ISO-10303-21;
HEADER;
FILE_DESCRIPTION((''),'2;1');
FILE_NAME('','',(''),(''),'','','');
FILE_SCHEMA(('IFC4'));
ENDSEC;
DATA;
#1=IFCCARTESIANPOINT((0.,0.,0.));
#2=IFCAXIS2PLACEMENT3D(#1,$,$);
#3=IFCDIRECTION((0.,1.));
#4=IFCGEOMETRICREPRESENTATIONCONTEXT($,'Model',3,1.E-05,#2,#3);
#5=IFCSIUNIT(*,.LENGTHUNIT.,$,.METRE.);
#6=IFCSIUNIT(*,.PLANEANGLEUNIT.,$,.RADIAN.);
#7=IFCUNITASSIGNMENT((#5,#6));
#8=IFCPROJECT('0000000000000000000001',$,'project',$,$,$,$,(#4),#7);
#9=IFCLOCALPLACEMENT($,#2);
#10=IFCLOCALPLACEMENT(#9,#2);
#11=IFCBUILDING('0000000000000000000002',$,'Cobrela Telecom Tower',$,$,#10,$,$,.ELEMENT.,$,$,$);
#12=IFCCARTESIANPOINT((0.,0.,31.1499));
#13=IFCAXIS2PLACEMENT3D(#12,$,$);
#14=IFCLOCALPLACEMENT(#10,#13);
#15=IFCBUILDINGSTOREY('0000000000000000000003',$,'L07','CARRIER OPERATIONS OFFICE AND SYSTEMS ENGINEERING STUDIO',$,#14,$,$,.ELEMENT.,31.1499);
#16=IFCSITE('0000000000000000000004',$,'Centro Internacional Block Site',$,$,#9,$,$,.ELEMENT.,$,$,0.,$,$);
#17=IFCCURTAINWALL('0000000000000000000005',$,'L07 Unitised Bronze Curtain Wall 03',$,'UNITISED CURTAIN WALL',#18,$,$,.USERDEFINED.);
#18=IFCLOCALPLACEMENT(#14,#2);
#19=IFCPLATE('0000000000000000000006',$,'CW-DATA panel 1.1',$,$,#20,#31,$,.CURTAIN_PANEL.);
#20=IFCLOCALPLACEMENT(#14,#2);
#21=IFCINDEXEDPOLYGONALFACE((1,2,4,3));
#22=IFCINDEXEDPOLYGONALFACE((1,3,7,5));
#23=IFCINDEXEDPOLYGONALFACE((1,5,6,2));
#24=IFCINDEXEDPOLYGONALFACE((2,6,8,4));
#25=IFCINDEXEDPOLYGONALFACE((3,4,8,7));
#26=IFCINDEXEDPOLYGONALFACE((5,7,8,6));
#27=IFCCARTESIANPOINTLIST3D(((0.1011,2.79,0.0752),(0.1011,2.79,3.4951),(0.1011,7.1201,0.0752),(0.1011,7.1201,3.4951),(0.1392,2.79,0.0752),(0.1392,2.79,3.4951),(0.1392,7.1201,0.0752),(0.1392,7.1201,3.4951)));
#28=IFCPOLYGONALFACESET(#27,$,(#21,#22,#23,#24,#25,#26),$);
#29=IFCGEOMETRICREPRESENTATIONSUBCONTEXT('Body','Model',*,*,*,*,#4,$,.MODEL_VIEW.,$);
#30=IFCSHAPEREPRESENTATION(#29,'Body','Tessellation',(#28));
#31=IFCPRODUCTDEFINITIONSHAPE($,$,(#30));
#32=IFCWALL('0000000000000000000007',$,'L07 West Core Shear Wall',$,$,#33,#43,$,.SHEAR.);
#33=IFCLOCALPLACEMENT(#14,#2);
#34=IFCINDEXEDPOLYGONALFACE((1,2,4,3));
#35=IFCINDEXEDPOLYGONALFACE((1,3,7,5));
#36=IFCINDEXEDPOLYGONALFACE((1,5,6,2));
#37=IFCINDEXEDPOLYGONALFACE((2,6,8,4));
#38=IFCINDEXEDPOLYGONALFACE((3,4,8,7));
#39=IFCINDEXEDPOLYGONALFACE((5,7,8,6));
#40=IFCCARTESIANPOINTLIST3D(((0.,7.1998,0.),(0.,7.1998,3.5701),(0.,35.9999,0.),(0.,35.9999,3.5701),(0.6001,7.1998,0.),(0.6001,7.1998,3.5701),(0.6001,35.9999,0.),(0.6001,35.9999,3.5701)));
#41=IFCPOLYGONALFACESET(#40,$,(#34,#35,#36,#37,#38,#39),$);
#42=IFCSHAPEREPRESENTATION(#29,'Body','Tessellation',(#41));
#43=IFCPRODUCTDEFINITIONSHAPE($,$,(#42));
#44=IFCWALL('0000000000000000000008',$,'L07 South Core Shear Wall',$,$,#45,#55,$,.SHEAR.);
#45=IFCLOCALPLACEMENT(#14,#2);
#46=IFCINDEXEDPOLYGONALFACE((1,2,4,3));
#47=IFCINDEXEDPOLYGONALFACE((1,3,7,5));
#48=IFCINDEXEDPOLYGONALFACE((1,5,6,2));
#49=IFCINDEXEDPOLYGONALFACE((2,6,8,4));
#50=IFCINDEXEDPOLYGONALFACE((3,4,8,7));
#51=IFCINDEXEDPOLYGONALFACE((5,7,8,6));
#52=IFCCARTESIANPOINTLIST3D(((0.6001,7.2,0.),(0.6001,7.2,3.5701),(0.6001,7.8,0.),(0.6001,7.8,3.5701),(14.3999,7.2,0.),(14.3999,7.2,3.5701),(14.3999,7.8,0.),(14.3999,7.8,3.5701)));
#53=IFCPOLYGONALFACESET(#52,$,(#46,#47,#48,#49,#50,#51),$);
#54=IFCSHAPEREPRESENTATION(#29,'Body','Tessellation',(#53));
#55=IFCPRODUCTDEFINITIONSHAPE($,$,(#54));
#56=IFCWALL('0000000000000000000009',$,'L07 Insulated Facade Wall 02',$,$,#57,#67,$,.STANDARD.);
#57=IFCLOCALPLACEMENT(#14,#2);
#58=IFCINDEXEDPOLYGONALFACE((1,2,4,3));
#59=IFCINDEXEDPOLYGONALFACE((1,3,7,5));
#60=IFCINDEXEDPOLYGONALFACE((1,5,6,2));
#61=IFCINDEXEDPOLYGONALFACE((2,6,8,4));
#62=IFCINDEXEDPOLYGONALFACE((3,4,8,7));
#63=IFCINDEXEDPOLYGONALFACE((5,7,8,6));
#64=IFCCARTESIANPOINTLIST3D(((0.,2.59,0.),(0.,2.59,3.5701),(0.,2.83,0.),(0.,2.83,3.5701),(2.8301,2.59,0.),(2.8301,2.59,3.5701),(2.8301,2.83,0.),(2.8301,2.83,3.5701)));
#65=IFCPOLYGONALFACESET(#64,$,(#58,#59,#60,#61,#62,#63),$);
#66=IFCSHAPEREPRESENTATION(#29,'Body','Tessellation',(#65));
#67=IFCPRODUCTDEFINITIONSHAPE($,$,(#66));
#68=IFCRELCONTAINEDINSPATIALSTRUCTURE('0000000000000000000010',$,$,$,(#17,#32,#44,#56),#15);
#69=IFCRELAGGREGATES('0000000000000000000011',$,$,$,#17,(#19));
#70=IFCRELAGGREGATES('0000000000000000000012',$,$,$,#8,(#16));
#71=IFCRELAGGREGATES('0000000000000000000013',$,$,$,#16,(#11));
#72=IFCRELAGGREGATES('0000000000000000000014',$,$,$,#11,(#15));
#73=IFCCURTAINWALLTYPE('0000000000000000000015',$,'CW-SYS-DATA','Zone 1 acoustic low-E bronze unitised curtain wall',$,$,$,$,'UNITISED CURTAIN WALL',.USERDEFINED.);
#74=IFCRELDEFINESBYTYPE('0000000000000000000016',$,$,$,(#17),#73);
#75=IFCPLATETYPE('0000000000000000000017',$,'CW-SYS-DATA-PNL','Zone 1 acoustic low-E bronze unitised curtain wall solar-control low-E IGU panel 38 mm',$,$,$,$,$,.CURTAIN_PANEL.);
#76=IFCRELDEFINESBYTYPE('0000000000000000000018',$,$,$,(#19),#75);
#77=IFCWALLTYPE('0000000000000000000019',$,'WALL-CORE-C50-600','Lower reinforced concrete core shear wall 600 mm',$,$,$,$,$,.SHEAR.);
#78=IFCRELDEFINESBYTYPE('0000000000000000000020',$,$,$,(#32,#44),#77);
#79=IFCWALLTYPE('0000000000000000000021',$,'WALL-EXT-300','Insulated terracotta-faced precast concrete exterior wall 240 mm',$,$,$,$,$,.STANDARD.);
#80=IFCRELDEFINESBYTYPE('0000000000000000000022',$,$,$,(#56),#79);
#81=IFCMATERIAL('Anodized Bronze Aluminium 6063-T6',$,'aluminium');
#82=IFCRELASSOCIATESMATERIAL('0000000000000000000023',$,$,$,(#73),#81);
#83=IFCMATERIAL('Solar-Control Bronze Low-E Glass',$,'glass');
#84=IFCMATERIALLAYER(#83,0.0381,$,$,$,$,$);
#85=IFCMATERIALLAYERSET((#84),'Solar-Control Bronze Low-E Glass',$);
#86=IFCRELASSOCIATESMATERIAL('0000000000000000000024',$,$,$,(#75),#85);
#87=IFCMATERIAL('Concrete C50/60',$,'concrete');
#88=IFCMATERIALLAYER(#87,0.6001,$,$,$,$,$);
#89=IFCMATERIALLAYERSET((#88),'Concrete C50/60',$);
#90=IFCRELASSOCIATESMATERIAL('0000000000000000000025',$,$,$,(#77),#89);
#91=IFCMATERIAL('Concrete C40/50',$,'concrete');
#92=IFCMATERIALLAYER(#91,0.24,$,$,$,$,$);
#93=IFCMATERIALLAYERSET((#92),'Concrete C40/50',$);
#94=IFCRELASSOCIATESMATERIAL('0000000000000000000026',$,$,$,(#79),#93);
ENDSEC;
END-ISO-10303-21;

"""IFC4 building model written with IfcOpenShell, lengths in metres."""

from ifc_helpers import new_model, si_unit, direction, frame, frame_2d, origin, origin_2d, place, context, subcontext, project, spatial, rectangle, extrude, material, layer, layer_set, type_object, element, aggregate, save


model = new_model("IFC4")

# Units and contexts
model_context = context("Model", 3, precision=1e-05, world=origin(), true_north=direction((0.0, 1.0)))
body_context = subcontext(model_context, "Body", "Model", "MODEL_VIEW")
ifc_project = project(units=[si_unit("LENGTHUNIT", "METRE"), si_unit("PLANEANGLEUNIT", "RADIAN")], contexts=[model_context])

# Site, building, storey
site_placement = place(None, origin())
site = spatial("IfcSite", under=ifc_project, at=site_placement, Name="Centro Internacional Block Site", CompositionType="ELEMENT", RefElevation=0.0)
building_placement = place(site_placement, origin())
building = spatial("IfcBuilding", under=site, at=building_placement, Name="Cobrela Telecom Tower", CompositionType="ELEMENT")
storey_placement = place(building_placement, frame((0.0, 0.0, 31.1499)))
storey = spatial("IfcBuildingStorey", under=building, at=storey_placement, Name="L07", Description="CARRIER OPERATIONS OFFICE AND SYSTEMS ENGINEERING STUDIO", CompositionType="ELEMENT", Elevation=31.1499)

# Curtain wall, plate
ifc_material_1 = material(Name="Anodized Bronze Aluminium 6063-T6", Category="aluminium")
curtain_wall_type = type_object("IfcCurtainWallType", Name="CW-SYS-DATA", Description="Zone 1 acoustic low-E bronze unitised curtain wall", ElementType="UNITISED CURTAIN WALL", PredefinedType="USERDEFINED", material=ifc_material_1)
curtain_wall_placement = place(storey_placement, origin())
curtain_wall = element("IfcCurtainWall", 1, at=curtain_wall_placement, inside=storey, type_object=curtain_wall_type, Name="L07 Unitised Bronze Curtain Wall 03", ObjectType="UNITISED CURTAIN WALL", PredefinedType="USERDEFINED")
ifc_material_2 = material(Name="Solar-Control Bronze Low-E Glass", Category="glass")
ifc_layer_1 = layer(ifc_material_2, 0.0381)
ifc_layer_set_1 = layer_set([ifc_layer_1], Name="Solar-Control Bronze Low-E Glass")
plate_type = type_object("IfcPlateType", Name="CW-SYS-DATA-PNL", Description="Zone 1 acoustic low-E bronze unitised curtain wall solar-control low-E IGU panel 38 mm", PredefinedType="CURTAIN_PANEL", material=ifc_layer_set_1)
plate_placement = place(storey_placement, frame((0.1201, 4.9551, 0.0752), z_axis=(0.0, 0.0, 1.0), x_axis=(0.0, 1.0, 0.0)))
plate = element("IfcPlate", 2, at=plate_placement, type_object=plate_type, Name="CW-DATA panel 1.1", PredefinedType="CURTAIN_PANEL", context=body_context, shape_type="SweptSolid", body=[
    extrude(rectangle(XDim=4.3301, YDim=0.0381, at=origin_2d()), origin(), (0.0, 0.0, 1.0), 3.4199),
])
aggregate(curtain_wall, [plate])

# Walls
ifc_material_3 = material(Name="Concrete C50/60", Category="concrete")
ifc_layer_2 = layer(ifc_material_3, 0.6001)
ifc_layer_set_2 = layer_set([ifc_layer_2], Name="Concrete C50/60")
wall_type_1 = type_object("IfcWallType", Name="WALL-CORE-C50-600", Description="Lower reinforced concrete core shear wall 600 mm", PredefinedType="SHEAR", material=ifc_layer_set_2)
wall_1_placement = place(storey_placement, frame((0.3, 7.2, 0.0), z_axis=(0.0, 0.0, 1.0), x_axis=(0.0, 1.0, 0.0)))
element("IfcWall", 3, at=wall_1_placement, inside=storey, type_object=wall_type_1, Name="L07 West Core Shear Wall", PredefinedType="SHEAR", context=body_context, shape_type="SweptSolid", body=[
    extrude(rectangle(XDim=28.8, YDim=0.6001, at=frame_2d((14.3999, 0.0))), origin(), (0.0, 0.0, 1.0), 3.5701),
])
wall_2_placement = place(storey_placement, frame((0.6001, 7.5, 0.0), z_axis=(0.0, 0.0, 1.0), x_axis=(1.0, 0.0, 0.0)))
element("IfcWall", 4, at=wall_2_placement, inside=storey, type_object=wall_type_1, Name="L07 South Core Shear Wall", PredefinedType="SHEAR", context=body_context, shape_type="SweptSolid", body=[
    extrude(rectangle(XDim=13.7998, YDim=0.6001, at=frame_2d((6.8999, 0.0))), origin(), (0.0, 0.0, 1.0), 3.5701),
])
ifc_material_4 = material(Name="Concrete C40/50", Category="concrete")
ifc_layer_3 = layer(ifc_material_4, 0.24)
ifc_layer_set_3 = layer_set([ifc_layer_3], Name="Concrete C40/50")
wall_type_2 = type_object("IfcWallType", Name="WALL-EXT-300", Description="Insulated terracotta-faced precast concrete exterior wall 240 mm", PredefinedType="STANDARD", material=ifc_layer_set_3)
wall_3_placement = place(storey_placement, frame((2.8301, 2.71, 0.0), z_axis=(0.0, 0.0, 1.0), x_axis=(-1.0, 0.0, 0.0)))
element("IfcWall", 5, at=wall_3_placement, inside=storey, type_object=wall_type_2, Name="L07 Insulated Facade Wall 02", PredefinedType="STANDARD", context=body_context, shape_type="SweptSolid", body=[
    extrude(rectangle(XDim=2.8301, YDim=0.24, at=frame_2d((1.415, 0.0))), origin(), (0.0, 0.0, 1.0), 3.5701),
])

save(model, "model.ifc")
